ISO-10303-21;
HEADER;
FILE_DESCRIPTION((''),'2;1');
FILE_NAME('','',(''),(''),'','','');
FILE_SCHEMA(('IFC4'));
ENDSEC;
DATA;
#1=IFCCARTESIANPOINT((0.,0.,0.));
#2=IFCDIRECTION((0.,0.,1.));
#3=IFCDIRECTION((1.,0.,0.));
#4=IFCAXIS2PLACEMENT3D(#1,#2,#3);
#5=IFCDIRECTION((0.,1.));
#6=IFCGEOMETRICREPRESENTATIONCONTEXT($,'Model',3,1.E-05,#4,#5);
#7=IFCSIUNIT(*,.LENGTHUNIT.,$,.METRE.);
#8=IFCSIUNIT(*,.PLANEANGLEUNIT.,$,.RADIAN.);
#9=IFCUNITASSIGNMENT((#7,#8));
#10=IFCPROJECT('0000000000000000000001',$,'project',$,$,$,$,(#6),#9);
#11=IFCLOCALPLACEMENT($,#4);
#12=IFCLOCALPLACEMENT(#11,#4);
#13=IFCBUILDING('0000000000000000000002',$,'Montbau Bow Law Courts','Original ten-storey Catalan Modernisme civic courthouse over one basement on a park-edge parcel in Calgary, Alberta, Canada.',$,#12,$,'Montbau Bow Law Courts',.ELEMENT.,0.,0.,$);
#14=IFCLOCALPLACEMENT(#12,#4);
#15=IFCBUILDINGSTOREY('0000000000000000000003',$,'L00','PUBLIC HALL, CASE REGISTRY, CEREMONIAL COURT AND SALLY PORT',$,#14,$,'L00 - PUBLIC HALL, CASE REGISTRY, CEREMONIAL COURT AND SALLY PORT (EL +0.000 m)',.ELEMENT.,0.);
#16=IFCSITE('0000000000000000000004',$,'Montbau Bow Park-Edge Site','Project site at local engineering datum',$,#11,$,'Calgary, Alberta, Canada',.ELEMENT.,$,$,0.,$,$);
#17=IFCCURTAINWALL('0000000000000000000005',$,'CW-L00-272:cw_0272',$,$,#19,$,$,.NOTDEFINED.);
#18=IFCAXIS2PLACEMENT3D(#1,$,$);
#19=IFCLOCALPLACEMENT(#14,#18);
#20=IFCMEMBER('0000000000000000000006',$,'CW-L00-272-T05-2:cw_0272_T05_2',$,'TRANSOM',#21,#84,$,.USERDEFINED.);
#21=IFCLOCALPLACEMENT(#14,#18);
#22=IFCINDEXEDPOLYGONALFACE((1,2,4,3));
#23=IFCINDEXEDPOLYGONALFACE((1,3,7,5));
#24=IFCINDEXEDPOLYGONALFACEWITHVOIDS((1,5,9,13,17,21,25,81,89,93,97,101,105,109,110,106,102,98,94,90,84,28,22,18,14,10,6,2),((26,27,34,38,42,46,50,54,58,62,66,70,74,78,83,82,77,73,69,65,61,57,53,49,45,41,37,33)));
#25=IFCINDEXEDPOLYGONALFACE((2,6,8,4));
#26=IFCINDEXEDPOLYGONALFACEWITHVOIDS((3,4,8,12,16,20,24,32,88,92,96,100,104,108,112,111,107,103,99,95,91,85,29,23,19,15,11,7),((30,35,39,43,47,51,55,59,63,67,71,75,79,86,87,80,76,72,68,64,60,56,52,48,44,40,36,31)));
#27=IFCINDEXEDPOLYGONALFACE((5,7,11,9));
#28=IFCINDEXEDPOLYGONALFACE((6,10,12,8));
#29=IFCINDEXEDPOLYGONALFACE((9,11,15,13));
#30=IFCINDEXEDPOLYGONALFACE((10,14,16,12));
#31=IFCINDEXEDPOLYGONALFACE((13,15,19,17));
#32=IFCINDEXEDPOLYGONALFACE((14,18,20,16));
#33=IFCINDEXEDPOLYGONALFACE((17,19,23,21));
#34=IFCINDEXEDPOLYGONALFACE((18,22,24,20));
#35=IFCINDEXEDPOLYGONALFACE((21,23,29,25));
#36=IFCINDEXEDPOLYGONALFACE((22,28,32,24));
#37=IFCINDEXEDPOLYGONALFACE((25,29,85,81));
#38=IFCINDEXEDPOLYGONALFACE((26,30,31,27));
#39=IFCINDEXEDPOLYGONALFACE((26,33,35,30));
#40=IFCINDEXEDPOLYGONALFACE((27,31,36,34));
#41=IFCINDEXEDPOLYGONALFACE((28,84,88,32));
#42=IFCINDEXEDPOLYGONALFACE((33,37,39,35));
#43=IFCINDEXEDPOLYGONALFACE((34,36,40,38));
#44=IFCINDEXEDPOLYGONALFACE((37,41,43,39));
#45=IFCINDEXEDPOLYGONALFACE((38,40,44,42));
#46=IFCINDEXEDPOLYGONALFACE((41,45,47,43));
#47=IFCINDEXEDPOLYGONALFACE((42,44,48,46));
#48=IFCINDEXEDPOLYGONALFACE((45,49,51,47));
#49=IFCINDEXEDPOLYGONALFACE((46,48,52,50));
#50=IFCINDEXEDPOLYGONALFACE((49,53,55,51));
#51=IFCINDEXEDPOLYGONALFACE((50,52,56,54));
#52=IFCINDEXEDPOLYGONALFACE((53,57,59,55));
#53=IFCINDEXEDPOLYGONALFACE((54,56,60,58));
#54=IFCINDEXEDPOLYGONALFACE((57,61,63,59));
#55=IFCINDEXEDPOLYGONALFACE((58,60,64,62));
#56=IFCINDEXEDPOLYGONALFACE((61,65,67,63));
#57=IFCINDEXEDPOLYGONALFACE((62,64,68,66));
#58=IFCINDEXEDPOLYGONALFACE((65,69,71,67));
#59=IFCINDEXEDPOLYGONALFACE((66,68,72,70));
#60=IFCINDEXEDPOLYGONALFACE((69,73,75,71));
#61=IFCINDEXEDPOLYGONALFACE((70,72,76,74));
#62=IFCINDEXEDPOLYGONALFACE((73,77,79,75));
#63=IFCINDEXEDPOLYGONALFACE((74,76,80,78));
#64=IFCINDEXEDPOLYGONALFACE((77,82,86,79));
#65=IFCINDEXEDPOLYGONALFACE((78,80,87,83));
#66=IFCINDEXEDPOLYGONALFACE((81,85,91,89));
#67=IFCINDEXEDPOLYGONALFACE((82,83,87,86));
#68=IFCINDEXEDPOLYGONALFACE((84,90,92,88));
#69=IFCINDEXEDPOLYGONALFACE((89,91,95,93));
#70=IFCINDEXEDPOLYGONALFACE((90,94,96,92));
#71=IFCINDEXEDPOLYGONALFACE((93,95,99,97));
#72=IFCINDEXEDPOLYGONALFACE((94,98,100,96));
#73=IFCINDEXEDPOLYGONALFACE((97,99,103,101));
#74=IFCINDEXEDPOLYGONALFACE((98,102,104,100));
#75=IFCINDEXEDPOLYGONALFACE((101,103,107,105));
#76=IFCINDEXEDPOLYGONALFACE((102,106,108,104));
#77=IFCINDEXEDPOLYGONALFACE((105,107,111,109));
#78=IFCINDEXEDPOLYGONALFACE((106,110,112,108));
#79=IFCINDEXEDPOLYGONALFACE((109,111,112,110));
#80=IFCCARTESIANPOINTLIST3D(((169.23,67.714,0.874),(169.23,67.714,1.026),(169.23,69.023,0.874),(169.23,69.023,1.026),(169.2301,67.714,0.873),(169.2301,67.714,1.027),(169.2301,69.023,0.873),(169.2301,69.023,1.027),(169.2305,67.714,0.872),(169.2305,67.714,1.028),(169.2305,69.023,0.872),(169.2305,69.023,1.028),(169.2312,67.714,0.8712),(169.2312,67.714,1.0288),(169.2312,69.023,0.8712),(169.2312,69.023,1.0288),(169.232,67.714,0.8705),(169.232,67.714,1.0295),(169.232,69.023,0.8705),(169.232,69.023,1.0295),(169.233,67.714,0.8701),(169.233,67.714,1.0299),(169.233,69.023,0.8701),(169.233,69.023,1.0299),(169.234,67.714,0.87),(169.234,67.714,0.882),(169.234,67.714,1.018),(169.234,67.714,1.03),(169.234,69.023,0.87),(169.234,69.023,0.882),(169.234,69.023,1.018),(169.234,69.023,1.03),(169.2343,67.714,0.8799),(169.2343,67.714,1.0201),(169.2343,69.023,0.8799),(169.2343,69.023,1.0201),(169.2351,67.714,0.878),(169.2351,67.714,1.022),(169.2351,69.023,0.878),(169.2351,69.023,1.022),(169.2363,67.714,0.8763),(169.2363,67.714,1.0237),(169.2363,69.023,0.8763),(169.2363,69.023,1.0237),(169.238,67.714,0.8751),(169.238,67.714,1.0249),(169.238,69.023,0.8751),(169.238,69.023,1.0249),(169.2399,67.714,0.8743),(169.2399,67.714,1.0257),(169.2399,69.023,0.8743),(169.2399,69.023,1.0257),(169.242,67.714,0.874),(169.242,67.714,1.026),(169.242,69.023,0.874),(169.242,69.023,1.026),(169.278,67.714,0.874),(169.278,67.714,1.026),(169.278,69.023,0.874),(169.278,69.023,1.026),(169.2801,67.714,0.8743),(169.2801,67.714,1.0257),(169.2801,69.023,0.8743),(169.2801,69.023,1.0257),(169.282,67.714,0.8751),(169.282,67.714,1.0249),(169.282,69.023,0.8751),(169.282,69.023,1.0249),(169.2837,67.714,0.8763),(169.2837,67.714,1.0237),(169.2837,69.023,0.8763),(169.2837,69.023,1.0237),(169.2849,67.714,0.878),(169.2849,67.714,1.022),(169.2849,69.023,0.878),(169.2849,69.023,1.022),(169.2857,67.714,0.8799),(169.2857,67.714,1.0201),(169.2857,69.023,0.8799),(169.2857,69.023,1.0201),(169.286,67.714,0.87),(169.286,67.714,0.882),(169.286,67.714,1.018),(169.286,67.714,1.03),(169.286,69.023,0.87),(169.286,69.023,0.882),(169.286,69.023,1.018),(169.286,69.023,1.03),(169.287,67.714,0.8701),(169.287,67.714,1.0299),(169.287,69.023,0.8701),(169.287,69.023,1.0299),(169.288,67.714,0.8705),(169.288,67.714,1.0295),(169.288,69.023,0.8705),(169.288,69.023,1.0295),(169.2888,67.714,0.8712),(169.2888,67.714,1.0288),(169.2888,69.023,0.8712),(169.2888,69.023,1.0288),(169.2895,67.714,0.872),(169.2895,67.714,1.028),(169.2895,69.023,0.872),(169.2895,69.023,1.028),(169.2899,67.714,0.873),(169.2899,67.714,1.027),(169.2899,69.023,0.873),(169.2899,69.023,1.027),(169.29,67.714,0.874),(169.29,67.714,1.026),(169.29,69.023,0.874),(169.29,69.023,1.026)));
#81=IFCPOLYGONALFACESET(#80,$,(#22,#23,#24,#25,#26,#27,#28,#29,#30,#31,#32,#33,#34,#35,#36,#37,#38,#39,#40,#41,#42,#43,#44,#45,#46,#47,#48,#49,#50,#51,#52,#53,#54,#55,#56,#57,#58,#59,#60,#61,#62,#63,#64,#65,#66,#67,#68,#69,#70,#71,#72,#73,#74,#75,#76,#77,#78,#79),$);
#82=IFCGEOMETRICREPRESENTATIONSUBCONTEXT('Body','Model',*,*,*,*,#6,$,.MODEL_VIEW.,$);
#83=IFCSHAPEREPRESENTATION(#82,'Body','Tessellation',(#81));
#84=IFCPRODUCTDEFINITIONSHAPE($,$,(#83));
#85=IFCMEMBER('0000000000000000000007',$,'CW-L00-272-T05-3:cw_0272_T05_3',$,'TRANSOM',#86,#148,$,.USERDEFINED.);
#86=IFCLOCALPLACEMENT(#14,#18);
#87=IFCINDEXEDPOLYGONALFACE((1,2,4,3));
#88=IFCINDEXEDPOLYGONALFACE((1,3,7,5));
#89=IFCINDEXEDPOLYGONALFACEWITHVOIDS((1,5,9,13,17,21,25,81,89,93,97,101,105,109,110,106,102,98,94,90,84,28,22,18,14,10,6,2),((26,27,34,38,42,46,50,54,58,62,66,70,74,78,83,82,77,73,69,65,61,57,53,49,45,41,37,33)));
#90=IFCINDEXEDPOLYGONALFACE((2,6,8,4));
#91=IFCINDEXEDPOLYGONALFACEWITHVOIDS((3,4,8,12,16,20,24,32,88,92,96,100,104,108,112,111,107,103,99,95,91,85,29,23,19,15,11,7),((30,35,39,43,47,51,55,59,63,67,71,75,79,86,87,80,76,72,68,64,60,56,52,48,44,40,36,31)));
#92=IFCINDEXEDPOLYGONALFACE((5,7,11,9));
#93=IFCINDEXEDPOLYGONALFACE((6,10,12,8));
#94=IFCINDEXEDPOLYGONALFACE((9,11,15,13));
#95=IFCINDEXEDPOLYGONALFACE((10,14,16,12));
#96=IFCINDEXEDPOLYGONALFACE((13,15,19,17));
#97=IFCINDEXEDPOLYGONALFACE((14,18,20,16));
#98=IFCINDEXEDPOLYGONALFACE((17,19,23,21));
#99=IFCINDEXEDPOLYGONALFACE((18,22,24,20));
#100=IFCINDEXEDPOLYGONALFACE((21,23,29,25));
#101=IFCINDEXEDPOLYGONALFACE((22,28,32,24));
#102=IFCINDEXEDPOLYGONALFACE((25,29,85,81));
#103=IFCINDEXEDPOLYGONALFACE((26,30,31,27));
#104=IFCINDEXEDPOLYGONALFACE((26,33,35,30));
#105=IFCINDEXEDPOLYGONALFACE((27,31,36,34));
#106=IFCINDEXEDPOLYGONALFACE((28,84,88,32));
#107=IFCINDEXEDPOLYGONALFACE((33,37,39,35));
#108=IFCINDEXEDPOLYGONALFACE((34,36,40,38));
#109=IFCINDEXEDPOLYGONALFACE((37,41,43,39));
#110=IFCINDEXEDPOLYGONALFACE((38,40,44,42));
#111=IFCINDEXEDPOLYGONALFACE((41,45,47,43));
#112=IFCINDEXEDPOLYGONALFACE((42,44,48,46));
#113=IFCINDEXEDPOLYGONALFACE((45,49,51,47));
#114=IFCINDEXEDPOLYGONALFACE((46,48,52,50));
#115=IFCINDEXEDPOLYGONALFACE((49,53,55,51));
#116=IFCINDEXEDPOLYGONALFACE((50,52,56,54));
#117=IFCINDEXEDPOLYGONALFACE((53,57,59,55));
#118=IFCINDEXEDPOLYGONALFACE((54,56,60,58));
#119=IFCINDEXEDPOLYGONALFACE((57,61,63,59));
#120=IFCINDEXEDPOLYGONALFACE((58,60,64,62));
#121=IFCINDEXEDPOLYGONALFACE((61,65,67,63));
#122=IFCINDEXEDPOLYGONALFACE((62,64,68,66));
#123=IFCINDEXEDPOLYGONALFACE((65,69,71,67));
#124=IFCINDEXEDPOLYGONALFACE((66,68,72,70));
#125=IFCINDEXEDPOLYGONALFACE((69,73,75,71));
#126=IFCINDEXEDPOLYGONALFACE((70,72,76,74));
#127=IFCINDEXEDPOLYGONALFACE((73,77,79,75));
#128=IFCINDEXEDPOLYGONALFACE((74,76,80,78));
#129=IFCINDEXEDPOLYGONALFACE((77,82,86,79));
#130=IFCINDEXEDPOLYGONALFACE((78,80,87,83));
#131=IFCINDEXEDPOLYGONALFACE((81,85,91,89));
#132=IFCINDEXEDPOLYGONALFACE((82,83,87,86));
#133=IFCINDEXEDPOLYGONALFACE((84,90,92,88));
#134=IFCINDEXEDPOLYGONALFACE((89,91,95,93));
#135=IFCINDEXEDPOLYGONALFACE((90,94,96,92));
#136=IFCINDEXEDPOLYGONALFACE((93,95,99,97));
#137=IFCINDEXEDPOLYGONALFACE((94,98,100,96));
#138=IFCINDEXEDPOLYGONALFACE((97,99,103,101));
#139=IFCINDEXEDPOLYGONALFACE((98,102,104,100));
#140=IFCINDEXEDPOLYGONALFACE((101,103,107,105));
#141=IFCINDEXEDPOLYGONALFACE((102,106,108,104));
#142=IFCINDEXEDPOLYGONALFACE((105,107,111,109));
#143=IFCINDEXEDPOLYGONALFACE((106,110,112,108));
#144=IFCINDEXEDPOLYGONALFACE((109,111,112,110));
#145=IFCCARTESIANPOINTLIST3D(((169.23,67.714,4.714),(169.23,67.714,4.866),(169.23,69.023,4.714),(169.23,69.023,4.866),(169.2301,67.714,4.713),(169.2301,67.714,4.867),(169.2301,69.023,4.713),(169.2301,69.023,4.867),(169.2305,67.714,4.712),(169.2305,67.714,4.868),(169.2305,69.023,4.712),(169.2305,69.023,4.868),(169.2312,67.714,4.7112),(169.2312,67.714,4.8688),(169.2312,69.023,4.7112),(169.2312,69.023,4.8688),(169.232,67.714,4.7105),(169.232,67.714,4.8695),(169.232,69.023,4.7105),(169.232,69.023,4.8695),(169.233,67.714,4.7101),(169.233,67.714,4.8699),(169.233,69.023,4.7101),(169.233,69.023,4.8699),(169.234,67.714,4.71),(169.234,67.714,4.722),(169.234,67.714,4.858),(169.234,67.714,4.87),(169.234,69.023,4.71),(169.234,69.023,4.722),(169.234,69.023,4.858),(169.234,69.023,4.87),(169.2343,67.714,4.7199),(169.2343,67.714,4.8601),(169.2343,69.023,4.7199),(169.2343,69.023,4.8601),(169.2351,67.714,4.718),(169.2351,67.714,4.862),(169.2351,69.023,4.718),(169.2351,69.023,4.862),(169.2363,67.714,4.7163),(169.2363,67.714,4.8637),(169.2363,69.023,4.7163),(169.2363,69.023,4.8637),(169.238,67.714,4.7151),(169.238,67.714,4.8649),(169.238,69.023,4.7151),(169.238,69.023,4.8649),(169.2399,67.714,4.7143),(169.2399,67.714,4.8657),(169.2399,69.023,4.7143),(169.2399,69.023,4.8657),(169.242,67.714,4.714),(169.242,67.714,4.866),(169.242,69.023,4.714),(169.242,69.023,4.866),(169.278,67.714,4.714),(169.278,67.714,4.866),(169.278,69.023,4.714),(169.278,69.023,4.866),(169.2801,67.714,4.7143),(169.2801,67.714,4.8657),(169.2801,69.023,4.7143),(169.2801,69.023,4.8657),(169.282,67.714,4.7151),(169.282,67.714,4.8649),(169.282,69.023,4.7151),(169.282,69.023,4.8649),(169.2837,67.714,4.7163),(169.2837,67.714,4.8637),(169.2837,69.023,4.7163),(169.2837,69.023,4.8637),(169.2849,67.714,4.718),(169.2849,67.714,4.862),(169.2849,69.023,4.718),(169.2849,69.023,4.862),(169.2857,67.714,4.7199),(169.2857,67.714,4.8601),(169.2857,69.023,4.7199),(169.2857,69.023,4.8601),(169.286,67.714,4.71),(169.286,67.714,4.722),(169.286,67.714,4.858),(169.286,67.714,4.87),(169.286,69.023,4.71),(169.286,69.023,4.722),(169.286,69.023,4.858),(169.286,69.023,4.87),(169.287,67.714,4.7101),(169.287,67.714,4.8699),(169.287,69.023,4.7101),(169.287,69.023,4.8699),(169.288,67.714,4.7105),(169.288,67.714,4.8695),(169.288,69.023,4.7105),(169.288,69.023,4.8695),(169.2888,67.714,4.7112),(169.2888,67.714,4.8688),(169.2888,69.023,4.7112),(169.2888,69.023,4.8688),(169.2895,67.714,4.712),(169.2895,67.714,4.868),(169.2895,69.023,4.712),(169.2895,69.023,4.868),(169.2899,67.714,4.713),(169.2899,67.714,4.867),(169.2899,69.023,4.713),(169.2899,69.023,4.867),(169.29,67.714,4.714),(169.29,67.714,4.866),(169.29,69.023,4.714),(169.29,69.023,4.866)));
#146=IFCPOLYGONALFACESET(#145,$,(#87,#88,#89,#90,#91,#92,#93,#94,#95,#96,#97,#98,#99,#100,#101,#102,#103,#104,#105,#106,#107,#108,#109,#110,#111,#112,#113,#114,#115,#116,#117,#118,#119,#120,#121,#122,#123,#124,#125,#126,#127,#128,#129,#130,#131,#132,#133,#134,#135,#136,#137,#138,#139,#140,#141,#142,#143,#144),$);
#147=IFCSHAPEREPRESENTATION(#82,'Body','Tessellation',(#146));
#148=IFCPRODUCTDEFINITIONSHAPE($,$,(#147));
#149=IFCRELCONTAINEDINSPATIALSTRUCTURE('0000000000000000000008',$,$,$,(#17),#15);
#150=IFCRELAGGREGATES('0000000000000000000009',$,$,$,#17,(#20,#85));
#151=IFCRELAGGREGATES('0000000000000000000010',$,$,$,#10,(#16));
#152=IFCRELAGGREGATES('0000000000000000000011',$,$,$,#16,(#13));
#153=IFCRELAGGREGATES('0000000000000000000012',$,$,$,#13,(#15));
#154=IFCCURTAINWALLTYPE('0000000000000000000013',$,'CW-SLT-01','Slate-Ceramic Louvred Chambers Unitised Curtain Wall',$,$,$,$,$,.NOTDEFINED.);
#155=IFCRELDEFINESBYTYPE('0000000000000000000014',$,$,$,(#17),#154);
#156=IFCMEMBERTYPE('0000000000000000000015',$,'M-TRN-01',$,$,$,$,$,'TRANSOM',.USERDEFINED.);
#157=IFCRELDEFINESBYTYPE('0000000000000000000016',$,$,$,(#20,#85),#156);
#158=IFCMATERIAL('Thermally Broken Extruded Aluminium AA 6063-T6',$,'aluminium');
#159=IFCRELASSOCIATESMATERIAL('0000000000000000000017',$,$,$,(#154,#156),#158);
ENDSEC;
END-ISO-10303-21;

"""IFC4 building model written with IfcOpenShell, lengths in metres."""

from ifc_helpers import new_model, si_unit, direction, frame, origin_with_axes, origin_2d_with_axis, place, context, subcontext, project, spatial, hollow_rectangle, extrude, material, material_profile, profile_set, type_object, element, aggregate, save


model = new_model("IFC4")

# Units and contexts
model_context = context("Model", 3, precision=1e-05, world=origin_with_axes(), true_north=direction((0.0, 1.0)))
body_context = subcontext(model_context, "Body", "Model", "MODEL_VIEW")
ifc_project = project(units=[si_unit("LENGTHUNIT", "METRE"), si_unit("PLANEANGLEUNIT", "RADIAN")], contexts=[model_context])

# Site, building, storey
site_placement = place(None, origin_with_axes())
site = spatial("IfcSite", under=ifc_project, at=site_placement, Name="Montbau Bow Park-Edge Site", Description="Project site at local engineering datum", LongName="Calgary, Alberta, Canada", CompositionType="ELEMENT", RefElevation=0.0)
building_placement = place(site_placement, origin_with_axes())
building = spatial("IfcBuilding", under=site, at=building_placement, Name="Montbau Bow Law Courts", Description="Original ten-storey Catalan Modernisme civic courthouse over one basement on a park-edge parcel in Calgary, Alberta, Canada.", LongName="Montbau Bow Law Courts", CompositionType="ELEMENT", ElevationOfRefHeight=0.0, ElevationOfTerrain=0.0)
storey_placement = place(building_placement, origin_with_axes())
storey = spatial("IfcBuildingStorey", under=building, at=storey_placement, Name="L00", Description="PUBLIC HALL, CASE REGISTRY, CEREMONIAL COURT AND SALLY PORT", LongName="L00 - PUBLIC HALL, CASE REGISTRY, CEREMONIAL COURT AND SALLY PORT (EL +0.000 m)", CompositionType="ELEMENT", Elevation=0.0)

# Curtain wall, members
ifc_material_1 = material(Name="Thermally Broken Extruded Aluminium AA 6063-T6", Category="aluminium")
curtain_wall_type = type_object("IfcCurtainWallType", Name="CW-SLT-01", Description="Slate-Ceramic Louvred Chambers Unitised Curtain Wall", PredefinedType="NOTDEFINED", material=ifc_material_1)
curtain_wall_1_placement = place(None, frame((169.26, 62.068, 0.0), z_axis=(0.0, 0.0, 1.0), x_axis=(1.0, 0.0, 0.0)))
curtain_wall_1 = element("IfcCurtainWall", 1, at=curtain_wall_1_placement, inside=storey, type_object=curtain_wall_type, Name="CW-L00-272:cw_0272", PredefinedType="NOTDEFINED")
ifc_material_profile_1 = material_profile(ifc_material_1, hollow_rectangle(XDim=0.06, YDim=0.16, WallThickness=0.004, InnerFilletRadius=0.008, OuterFilletRadius=0.004, at=origin_2d_with_axis()), Name="CWT-160X60", Category="Main", Priority=0)
ifc_profile_set_1 = profile_set([ifc_material_profile_1], Name="Thermally Broken Extruded Aluminium AA 6063-T6")
member_type_1 = type_object("IfcMemberType", Name="M-TRN-01", ElementType="TRANSOM", PredefinedType="USERDEFINED", material=ifc_profile_set_1)
member_1_placement = place(None, frame((169.26, 67.714, 0.95), z_axis=(0.0, 1.0, 0.0), x_axis=(-1.0, 0.0, 0.0)))
member_1 = element("IfcMember", 2, at=member_1_placement, type_object=member_type_1, Name="CW-L00-272-T05-2:cw_0272_T05_2", ObjectType="TRANSOM", PredefinedType="USERDEFINED", context=body_context, shape_type="SweptSolid", body=[
    extrude(hollow_rectangle(XDim=0.06, YDim=0.16, WallThickness=0.004, InnerFilletRadius=0.008, OuterFilletRadius=0.004, at=origin_2d_with_axis()), origin_with_axes(), (0.0, 0.0, 1.0), 1.309),
])
member_2_placement = place(None, frame((169.26, 67.714, 4.79), z_axis=(0.0, 1.0, 0.0), x_axis=(-1.0, 0.0, 0.0)))
member_2 = element("IfcMember", 3, at=member_2_placement, type_object=member_type_1, Name="CW-L00-272-T05-3:cw_0272_T05_3", ObjectType="TRANSOM", PredefinedType="USERDEFINED", context=body_context, shape_type="SweptSolid", body=[
    extrude(hollow_rectangle(XDim=0.06, YDim=0.16, WallThickness=0.004, InnerFilletRadius=0.008, OuterFilletRadius=0.004, at=origin_2d_with_axis()), origin_with_axes(), (0.0, 0.0, 1.0), 1.309),
])

aggregate(curtain_wall_1, [member_1, member_2])

save(model, "model.ifc")
